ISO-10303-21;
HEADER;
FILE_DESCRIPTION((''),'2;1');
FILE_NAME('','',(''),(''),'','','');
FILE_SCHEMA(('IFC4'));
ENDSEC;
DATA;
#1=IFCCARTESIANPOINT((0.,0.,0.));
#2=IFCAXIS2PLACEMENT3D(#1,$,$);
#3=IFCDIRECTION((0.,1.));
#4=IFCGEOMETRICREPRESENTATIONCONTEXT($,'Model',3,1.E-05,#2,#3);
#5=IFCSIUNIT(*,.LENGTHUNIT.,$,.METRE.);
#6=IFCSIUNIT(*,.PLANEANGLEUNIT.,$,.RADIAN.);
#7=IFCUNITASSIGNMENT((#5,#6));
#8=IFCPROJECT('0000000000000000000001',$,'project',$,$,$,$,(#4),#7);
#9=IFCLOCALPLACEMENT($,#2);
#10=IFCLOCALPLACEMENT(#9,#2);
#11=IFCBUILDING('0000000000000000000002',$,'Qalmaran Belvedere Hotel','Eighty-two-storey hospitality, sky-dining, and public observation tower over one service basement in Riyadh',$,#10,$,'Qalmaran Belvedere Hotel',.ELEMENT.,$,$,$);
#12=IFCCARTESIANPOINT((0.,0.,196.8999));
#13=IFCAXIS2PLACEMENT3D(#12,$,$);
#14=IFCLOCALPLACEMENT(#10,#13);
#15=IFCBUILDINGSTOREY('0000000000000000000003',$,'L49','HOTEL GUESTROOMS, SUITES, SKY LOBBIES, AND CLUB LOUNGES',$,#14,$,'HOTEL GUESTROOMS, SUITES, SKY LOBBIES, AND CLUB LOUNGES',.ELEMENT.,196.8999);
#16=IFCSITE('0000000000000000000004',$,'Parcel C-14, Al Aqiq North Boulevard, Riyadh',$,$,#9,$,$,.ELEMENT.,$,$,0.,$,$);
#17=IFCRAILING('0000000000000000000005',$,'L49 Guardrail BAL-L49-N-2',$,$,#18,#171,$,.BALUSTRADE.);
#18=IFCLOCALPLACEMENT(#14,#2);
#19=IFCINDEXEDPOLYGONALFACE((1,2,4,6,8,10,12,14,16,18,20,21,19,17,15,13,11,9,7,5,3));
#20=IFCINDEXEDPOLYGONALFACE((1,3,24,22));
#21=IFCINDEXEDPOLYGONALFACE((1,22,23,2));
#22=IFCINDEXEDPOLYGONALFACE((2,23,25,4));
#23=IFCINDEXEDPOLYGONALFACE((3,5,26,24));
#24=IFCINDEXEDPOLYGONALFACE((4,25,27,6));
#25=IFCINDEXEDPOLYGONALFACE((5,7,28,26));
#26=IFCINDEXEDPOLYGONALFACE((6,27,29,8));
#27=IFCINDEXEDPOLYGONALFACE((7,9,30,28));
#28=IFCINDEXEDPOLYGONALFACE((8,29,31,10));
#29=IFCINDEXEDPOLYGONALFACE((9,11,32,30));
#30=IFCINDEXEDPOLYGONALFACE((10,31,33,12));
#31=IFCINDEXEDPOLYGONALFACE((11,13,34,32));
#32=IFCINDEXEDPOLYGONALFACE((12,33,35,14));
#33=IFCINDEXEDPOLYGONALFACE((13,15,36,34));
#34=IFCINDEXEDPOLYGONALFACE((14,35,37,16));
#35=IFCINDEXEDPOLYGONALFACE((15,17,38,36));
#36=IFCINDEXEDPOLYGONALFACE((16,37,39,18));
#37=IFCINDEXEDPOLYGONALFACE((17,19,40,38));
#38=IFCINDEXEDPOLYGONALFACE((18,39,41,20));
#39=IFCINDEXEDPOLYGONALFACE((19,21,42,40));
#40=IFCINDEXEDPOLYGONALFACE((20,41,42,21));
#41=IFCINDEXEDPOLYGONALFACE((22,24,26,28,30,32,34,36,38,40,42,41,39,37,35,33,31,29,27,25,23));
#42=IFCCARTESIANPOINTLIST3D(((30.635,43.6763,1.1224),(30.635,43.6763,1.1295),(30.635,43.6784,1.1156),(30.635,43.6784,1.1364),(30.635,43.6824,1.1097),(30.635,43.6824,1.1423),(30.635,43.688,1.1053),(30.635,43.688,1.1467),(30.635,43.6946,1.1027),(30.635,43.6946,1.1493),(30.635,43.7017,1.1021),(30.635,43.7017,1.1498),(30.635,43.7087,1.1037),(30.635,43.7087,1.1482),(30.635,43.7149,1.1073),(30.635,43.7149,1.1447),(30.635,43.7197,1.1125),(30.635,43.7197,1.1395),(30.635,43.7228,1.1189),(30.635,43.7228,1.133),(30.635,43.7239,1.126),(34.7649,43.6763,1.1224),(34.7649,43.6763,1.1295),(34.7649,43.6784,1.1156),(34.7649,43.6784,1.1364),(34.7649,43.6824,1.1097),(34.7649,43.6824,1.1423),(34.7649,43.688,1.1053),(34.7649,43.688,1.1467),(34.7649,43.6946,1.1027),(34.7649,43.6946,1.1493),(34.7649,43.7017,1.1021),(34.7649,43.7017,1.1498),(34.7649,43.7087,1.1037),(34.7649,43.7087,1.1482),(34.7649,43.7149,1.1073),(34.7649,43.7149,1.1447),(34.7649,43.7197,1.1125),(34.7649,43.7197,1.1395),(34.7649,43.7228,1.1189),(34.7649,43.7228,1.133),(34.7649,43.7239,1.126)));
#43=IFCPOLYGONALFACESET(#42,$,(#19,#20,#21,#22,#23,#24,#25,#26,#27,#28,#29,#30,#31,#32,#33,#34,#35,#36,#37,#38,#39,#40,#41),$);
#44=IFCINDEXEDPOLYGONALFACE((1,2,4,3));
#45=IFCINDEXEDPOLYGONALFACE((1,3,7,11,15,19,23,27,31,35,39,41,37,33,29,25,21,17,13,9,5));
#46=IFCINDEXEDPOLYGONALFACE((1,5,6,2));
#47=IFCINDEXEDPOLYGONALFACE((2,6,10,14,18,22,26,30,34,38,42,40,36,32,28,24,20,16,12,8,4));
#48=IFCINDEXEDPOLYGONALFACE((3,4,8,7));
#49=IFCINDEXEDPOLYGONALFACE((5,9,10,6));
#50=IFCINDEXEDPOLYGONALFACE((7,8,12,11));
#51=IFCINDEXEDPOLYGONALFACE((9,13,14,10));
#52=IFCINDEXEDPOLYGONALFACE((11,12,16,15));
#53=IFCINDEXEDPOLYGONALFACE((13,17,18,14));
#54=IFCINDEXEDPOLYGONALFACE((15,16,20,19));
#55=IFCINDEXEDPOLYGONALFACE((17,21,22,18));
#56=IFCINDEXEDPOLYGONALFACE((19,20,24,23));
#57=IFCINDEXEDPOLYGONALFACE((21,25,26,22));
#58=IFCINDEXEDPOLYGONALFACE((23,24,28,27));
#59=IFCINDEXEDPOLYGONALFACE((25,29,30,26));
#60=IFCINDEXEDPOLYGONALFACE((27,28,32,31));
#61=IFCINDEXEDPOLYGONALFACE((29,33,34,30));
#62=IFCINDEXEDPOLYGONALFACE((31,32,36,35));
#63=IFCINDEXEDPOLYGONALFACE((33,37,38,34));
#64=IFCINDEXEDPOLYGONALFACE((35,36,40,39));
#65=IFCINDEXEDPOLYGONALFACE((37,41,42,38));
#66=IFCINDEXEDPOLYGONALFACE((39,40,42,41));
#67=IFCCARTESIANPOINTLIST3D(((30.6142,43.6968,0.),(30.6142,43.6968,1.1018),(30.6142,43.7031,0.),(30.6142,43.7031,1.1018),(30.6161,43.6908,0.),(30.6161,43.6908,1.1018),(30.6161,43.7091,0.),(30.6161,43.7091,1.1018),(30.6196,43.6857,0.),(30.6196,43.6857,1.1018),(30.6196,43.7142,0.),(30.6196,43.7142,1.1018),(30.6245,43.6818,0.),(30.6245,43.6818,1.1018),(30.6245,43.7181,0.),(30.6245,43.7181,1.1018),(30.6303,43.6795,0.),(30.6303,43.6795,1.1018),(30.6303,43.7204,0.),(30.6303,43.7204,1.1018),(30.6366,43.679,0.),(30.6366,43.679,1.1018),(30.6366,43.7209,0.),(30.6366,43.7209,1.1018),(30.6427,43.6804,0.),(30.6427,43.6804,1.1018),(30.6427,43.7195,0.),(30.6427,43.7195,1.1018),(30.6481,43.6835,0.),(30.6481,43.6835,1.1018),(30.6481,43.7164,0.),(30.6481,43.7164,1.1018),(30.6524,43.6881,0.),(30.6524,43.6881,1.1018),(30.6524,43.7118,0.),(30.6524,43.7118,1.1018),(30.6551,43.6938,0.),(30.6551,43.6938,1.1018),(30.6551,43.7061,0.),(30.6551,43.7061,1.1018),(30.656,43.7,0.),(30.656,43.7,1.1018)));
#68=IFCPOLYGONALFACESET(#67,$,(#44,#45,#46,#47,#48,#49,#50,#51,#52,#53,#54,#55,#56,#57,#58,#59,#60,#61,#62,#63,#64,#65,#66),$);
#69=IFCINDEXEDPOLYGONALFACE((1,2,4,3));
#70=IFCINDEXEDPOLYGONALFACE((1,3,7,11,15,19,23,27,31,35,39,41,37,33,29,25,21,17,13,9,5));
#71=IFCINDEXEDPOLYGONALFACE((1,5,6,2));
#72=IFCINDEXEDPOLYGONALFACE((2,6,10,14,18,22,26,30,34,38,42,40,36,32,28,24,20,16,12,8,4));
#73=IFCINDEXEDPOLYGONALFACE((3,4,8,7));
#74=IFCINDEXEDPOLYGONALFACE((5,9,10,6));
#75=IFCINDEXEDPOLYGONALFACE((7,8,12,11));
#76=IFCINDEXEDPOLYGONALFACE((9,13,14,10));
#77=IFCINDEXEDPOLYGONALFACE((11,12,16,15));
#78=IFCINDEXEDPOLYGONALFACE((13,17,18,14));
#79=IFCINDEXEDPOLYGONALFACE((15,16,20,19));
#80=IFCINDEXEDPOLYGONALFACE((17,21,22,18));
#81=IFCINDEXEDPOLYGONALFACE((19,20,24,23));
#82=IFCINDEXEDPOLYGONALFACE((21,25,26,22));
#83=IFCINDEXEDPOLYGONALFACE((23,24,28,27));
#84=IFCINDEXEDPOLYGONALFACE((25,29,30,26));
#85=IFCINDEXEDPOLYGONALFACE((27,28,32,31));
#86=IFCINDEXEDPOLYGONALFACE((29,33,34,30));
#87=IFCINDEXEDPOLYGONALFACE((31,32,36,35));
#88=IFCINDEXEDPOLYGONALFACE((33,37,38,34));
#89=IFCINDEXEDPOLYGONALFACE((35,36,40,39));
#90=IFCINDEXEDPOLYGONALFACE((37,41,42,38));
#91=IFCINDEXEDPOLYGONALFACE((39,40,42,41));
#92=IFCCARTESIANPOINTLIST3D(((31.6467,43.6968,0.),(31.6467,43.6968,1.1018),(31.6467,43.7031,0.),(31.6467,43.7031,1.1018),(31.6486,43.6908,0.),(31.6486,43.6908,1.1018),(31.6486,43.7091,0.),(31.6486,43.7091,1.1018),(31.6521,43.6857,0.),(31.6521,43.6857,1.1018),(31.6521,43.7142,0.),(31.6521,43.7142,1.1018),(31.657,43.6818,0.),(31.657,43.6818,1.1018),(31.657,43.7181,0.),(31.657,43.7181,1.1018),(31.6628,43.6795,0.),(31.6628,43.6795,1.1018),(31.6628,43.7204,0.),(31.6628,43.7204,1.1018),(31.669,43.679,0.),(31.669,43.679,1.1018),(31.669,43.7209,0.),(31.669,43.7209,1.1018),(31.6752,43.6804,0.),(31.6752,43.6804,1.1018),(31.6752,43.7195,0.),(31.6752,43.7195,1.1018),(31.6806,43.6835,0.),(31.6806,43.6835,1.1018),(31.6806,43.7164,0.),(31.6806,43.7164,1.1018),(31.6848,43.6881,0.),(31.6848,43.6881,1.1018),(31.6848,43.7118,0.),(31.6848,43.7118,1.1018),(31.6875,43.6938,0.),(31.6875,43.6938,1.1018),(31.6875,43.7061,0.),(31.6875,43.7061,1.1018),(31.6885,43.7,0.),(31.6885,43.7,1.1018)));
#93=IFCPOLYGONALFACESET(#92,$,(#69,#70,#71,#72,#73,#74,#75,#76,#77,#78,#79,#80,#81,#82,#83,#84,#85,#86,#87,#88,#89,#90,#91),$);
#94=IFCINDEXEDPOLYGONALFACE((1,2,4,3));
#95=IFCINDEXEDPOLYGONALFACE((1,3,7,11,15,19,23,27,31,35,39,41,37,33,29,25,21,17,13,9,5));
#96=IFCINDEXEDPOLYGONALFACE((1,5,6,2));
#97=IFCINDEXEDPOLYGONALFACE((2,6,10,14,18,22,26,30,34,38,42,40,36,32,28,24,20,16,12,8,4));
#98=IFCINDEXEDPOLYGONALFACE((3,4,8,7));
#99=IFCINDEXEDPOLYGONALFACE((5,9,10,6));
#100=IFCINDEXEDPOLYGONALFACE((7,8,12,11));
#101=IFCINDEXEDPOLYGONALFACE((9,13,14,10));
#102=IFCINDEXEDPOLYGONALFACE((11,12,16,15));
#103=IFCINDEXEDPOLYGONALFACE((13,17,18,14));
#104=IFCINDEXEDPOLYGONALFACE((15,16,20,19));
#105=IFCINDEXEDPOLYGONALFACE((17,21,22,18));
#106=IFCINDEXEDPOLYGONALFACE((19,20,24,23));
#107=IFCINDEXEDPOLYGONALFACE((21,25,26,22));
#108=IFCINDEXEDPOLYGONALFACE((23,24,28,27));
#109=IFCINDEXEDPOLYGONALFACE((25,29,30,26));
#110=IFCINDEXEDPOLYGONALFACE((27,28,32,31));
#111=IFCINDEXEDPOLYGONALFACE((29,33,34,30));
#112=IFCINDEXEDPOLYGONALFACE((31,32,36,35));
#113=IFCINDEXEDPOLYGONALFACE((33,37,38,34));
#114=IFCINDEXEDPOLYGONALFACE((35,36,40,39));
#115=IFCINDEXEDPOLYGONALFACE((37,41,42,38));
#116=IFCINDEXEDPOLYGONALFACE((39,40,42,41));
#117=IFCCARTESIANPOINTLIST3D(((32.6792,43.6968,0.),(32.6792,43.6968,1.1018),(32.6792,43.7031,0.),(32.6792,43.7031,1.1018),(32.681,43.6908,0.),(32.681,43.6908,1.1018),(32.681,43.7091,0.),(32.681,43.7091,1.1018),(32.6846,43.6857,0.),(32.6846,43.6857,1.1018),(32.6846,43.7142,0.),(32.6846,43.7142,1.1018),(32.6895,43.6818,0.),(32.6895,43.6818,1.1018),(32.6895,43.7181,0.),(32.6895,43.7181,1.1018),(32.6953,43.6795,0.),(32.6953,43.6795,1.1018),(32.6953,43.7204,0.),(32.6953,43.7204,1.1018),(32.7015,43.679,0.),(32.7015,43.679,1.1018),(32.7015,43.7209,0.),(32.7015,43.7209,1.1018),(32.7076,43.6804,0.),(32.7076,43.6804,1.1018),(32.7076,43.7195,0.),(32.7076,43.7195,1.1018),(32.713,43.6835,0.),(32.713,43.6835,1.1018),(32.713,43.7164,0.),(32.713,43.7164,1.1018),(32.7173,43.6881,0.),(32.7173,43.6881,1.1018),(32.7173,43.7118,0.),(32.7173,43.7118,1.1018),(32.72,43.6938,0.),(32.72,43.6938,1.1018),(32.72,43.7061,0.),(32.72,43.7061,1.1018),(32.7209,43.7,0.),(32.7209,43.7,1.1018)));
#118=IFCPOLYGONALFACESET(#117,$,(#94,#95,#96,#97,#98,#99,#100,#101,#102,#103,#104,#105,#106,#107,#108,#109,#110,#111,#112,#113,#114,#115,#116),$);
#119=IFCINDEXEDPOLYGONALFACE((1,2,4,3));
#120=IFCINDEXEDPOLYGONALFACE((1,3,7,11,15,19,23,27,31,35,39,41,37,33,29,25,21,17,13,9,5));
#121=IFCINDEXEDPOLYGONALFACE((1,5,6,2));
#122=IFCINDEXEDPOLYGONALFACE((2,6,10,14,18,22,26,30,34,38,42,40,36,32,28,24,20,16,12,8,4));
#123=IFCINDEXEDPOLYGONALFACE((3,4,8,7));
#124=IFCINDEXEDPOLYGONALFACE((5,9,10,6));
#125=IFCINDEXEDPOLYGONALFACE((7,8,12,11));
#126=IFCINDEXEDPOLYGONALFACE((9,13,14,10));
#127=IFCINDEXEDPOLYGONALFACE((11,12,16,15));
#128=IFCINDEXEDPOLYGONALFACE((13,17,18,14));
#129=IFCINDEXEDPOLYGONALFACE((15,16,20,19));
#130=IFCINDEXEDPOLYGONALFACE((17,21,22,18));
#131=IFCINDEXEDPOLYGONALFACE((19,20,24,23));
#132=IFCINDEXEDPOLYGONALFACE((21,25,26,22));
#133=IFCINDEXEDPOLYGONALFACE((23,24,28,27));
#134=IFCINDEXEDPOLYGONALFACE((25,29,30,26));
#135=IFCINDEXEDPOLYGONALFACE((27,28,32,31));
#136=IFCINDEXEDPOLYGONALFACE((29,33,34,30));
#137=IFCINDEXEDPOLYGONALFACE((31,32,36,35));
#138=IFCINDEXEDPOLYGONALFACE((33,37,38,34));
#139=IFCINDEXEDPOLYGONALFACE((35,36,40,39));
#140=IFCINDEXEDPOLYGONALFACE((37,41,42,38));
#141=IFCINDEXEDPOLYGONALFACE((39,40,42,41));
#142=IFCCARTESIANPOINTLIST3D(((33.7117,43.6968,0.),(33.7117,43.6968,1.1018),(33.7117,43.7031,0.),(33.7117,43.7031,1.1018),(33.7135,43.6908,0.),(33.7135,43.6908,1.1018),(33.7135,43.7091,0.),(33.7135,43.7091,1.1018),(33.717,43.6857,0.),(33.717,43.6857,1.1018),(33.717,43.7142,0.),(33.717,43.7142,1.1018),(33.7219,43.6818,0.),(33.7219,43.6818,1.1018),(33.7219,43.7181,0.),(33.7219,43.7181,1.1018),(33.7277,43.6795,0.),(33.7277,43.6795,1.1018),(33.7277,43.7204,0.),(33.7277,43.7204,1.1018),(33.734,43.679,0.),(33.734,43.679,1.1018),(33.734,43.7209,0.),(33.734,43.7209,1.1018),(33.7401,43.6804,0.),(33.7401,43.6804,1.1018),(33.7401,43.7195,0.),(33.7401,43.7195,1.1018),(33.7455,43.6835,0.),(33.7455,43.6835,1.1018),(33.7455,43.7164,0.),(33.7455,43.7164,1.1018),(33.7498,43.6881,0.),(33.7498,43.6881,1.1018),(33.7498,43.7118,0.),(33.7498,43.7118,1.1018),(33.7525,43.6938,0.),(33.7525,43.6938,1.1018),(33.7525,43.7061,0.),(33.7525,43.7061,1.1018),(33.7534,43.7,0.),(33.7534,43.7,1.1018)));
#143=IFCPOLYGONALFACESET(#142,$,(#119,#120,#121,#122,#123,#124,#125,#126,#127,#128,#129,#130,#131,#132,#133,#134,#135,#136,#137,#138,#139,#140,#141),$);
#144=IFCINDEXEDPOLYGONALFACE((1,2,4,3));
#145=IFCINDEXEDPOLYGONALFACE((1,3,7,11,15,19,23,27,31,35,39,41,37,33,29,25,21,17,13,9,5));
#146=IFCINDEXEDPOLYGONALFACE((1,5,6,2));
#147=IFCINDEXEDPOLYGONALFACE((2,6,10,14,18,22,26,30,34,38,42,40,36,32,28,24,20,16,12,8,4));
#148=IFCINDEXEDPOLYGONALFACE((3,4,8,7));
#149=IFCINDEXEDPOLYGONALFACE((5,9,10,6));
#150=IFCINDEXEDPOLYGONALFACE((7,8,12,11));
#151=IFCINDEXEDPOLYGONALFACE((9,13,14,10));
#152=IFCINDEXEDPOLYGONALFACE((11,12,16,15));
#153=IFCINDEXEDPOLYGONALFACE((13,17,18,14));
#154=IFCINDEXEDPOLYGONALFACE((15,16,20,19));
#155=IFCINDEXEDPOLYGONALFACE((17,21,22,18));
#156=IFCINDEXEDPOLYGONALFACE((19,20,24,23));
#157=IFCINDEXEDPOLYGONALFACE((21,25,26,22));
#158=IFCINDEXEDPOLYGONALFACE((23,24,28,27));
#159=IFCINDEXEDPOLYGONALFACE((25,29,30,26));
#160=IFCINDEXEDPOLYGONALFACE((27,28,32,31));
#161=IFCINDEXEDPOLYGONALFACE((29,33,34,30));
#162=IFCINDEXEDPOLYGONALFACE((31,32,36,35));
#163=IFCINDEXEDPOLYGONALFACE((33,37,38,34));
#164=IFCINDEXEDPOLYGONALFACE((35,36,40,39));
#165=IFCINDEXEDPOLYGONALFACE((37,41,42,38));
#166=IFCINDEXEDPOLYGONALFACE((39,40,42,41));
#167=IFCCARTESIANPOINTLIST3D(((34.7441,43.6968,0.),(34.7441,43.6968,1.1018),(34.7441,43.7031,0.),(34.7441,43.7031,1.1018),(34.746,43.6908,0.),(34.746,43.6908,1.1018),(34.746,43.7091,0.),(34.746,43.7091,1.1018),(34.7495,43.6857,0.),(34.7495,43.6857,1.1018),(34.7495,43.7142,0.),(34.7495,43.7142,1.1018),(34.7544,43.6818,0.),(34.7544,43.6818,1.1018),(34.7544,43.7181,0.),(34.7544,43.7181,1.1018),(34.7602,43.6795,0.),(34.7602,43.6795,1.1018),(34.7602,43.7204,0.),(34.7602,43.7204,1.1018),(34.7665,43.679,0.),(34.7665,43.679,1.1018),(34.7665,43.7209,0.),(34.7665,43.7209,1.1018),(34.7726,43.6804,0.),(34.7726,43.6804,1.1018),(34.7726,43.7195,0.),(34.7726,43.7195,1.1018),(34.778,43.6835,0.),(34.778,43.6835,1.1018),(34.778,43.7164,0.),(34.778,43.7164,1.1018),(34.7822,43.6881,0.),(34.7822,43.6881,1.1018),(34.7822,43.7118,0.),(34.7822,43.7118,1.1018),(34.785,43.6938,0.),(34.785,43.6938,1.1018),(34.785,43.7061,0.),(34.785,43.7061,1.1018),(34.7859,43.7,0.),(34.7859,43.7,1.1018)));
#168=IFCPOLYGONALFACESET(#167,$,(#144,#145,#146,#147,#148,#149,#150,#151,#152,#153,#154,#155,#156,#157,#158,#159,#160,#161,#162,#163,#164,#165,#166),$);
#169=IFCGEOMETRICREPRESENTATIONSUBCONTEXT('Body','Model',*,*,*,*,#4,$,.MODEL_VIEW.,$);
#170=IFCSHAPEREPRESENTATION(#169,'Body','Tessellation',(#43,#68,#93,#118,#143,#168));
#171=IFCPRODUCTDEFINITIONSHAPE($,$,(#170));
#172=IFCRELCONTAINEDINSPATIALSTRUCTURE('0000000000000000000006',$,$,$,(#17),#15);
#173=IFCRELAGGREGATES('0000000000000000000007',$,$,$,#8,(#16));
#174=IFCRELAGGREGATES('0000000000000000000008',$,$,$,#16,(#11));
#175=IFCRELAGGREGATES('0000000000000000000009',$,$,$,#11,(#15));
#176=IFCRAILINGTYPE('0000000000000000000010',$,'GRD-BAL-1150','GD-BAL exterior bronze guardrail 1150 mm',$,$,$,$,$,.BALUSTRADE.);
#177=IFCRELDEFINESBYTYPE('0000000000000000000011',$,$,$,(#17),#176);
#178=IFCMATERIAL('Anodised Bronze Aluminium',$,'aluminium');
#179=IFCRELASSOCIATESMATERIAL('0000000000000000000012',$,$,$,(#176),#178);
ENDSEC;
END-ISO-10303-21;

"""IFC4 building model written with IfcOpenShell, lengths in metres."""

from ifc_helpers import new_model, si_unit, direction, frame, origin, origin_2d, place, context, subcontext, project, spatial, circle, extrude, material, type_object, element, save


model = new_model("IFC4")

# Units and contexts
model_context = context("Model", 3, precision=1e-05, world=origin(), true_north=direction((0.0, 1.0)))
body_context = subcontext(model_context, "Body", "Model", "MODEL_VIEW")
ifc_project = project(units=[si_unit("LENGTHUNIT", "METRE"), si_unit("PLANEANGLEUNIT", "RADIAN")], contexts=[model_context])

# Site, building, storey
site_placement = place(None, origin())
site = spatial("IfcSite", under=ifc_project, at=site_placement, Name="Parcel C-14, Al Aqiq North Boulevard, Riyadh", CompositionType="ELEMENT", RefElevation=0.0)
building_placement = place(site_placement, origin())
building = spatial("IfcBuilding", under=site, at=building_placement, Name="Qalmaran Belvedere Hotel", Description="Eighty-two-storey hospitality, sky-dining, and public observation tower over one service basement in Riyadh", LongName="Qalmaran Belvedere Hotel", CompositionType="ELEMENT")
storey_placement = place(building_placement, frame((0.0, 0.0, 196.8999)))
storey = spatial("IfcBuildingStorey", under=building, at=storey_placement, Name="L49", Description="HOTEL GUESTROOMS, SUITES, SKY LOBBIES, AND CLUB LOUNGES", LongName="HOTEL GUESTROOMS, SUITES, SKY LOBBIES, AND CLUB LOUNGES", CompositionType="ELEMENT", Elevation=196.8999)

# Shared definitions
ifc_material_1 = material(Name="Anodised Bronze Aluminium", Category="aluminium")

# Railing
railing_type = type_object("IfcRailingType", Name="GRD-BAL-1150", Description="GD-BAL exterior bronze guardrail 1150 mm", PredefinedType="BALUSTRADE", material=ifc_material_1)
railing_1_placement = place(storey_placement, frame((30.635, 43.7, 0.0)))
element("IfcRailing", 1, at=railing_1_placement, inside=storey, type_object=railing_type, Name="L49 Guardrail BAL-L49-N-2", PredefinedType="BALUSTRADE", context=body_context, shape_type="SweptSolid", body=[
    extrude(circle(Radius=0.0239, at=origin_2d()), frame((0.0, 0.0, 1.126), z_axis=(1.0, 0.0, 0.0), x_axis=(0.0, 1.0, 0.0)), (0.0, 0.0, 1.0), 4.1299),
    extrude(circle(Radius=0.021, at=origin_2d()), origin(), (0.0, 0.0, 1.0), 1.1018),
    extrude(circle(Radius=0.021, at=origin_2d()), frame((1.0325, 0.0, 0.0)), (0.0, 0.0, 1.0), 1.1018),
    extrude(circle(Radius=0.021, at=origin_2d()), frame((2.0649, 0.0, 0.0)), (0.0, 0.0, 1.0), 1.1018),
    extrude(circle(Radius=0.021, at=origin_2d()), frame((3.0974, 0.0, 0.0)), (0.0, 0.0, 1.0), 1.1018),
    extrude(circle(Radius=0.021, at=origin_2d()), frame((4.1299, 0.0, 0.0)), (0.0, 0.0, 1.0), 1.1018),
])

save(model, "model.ifc")
